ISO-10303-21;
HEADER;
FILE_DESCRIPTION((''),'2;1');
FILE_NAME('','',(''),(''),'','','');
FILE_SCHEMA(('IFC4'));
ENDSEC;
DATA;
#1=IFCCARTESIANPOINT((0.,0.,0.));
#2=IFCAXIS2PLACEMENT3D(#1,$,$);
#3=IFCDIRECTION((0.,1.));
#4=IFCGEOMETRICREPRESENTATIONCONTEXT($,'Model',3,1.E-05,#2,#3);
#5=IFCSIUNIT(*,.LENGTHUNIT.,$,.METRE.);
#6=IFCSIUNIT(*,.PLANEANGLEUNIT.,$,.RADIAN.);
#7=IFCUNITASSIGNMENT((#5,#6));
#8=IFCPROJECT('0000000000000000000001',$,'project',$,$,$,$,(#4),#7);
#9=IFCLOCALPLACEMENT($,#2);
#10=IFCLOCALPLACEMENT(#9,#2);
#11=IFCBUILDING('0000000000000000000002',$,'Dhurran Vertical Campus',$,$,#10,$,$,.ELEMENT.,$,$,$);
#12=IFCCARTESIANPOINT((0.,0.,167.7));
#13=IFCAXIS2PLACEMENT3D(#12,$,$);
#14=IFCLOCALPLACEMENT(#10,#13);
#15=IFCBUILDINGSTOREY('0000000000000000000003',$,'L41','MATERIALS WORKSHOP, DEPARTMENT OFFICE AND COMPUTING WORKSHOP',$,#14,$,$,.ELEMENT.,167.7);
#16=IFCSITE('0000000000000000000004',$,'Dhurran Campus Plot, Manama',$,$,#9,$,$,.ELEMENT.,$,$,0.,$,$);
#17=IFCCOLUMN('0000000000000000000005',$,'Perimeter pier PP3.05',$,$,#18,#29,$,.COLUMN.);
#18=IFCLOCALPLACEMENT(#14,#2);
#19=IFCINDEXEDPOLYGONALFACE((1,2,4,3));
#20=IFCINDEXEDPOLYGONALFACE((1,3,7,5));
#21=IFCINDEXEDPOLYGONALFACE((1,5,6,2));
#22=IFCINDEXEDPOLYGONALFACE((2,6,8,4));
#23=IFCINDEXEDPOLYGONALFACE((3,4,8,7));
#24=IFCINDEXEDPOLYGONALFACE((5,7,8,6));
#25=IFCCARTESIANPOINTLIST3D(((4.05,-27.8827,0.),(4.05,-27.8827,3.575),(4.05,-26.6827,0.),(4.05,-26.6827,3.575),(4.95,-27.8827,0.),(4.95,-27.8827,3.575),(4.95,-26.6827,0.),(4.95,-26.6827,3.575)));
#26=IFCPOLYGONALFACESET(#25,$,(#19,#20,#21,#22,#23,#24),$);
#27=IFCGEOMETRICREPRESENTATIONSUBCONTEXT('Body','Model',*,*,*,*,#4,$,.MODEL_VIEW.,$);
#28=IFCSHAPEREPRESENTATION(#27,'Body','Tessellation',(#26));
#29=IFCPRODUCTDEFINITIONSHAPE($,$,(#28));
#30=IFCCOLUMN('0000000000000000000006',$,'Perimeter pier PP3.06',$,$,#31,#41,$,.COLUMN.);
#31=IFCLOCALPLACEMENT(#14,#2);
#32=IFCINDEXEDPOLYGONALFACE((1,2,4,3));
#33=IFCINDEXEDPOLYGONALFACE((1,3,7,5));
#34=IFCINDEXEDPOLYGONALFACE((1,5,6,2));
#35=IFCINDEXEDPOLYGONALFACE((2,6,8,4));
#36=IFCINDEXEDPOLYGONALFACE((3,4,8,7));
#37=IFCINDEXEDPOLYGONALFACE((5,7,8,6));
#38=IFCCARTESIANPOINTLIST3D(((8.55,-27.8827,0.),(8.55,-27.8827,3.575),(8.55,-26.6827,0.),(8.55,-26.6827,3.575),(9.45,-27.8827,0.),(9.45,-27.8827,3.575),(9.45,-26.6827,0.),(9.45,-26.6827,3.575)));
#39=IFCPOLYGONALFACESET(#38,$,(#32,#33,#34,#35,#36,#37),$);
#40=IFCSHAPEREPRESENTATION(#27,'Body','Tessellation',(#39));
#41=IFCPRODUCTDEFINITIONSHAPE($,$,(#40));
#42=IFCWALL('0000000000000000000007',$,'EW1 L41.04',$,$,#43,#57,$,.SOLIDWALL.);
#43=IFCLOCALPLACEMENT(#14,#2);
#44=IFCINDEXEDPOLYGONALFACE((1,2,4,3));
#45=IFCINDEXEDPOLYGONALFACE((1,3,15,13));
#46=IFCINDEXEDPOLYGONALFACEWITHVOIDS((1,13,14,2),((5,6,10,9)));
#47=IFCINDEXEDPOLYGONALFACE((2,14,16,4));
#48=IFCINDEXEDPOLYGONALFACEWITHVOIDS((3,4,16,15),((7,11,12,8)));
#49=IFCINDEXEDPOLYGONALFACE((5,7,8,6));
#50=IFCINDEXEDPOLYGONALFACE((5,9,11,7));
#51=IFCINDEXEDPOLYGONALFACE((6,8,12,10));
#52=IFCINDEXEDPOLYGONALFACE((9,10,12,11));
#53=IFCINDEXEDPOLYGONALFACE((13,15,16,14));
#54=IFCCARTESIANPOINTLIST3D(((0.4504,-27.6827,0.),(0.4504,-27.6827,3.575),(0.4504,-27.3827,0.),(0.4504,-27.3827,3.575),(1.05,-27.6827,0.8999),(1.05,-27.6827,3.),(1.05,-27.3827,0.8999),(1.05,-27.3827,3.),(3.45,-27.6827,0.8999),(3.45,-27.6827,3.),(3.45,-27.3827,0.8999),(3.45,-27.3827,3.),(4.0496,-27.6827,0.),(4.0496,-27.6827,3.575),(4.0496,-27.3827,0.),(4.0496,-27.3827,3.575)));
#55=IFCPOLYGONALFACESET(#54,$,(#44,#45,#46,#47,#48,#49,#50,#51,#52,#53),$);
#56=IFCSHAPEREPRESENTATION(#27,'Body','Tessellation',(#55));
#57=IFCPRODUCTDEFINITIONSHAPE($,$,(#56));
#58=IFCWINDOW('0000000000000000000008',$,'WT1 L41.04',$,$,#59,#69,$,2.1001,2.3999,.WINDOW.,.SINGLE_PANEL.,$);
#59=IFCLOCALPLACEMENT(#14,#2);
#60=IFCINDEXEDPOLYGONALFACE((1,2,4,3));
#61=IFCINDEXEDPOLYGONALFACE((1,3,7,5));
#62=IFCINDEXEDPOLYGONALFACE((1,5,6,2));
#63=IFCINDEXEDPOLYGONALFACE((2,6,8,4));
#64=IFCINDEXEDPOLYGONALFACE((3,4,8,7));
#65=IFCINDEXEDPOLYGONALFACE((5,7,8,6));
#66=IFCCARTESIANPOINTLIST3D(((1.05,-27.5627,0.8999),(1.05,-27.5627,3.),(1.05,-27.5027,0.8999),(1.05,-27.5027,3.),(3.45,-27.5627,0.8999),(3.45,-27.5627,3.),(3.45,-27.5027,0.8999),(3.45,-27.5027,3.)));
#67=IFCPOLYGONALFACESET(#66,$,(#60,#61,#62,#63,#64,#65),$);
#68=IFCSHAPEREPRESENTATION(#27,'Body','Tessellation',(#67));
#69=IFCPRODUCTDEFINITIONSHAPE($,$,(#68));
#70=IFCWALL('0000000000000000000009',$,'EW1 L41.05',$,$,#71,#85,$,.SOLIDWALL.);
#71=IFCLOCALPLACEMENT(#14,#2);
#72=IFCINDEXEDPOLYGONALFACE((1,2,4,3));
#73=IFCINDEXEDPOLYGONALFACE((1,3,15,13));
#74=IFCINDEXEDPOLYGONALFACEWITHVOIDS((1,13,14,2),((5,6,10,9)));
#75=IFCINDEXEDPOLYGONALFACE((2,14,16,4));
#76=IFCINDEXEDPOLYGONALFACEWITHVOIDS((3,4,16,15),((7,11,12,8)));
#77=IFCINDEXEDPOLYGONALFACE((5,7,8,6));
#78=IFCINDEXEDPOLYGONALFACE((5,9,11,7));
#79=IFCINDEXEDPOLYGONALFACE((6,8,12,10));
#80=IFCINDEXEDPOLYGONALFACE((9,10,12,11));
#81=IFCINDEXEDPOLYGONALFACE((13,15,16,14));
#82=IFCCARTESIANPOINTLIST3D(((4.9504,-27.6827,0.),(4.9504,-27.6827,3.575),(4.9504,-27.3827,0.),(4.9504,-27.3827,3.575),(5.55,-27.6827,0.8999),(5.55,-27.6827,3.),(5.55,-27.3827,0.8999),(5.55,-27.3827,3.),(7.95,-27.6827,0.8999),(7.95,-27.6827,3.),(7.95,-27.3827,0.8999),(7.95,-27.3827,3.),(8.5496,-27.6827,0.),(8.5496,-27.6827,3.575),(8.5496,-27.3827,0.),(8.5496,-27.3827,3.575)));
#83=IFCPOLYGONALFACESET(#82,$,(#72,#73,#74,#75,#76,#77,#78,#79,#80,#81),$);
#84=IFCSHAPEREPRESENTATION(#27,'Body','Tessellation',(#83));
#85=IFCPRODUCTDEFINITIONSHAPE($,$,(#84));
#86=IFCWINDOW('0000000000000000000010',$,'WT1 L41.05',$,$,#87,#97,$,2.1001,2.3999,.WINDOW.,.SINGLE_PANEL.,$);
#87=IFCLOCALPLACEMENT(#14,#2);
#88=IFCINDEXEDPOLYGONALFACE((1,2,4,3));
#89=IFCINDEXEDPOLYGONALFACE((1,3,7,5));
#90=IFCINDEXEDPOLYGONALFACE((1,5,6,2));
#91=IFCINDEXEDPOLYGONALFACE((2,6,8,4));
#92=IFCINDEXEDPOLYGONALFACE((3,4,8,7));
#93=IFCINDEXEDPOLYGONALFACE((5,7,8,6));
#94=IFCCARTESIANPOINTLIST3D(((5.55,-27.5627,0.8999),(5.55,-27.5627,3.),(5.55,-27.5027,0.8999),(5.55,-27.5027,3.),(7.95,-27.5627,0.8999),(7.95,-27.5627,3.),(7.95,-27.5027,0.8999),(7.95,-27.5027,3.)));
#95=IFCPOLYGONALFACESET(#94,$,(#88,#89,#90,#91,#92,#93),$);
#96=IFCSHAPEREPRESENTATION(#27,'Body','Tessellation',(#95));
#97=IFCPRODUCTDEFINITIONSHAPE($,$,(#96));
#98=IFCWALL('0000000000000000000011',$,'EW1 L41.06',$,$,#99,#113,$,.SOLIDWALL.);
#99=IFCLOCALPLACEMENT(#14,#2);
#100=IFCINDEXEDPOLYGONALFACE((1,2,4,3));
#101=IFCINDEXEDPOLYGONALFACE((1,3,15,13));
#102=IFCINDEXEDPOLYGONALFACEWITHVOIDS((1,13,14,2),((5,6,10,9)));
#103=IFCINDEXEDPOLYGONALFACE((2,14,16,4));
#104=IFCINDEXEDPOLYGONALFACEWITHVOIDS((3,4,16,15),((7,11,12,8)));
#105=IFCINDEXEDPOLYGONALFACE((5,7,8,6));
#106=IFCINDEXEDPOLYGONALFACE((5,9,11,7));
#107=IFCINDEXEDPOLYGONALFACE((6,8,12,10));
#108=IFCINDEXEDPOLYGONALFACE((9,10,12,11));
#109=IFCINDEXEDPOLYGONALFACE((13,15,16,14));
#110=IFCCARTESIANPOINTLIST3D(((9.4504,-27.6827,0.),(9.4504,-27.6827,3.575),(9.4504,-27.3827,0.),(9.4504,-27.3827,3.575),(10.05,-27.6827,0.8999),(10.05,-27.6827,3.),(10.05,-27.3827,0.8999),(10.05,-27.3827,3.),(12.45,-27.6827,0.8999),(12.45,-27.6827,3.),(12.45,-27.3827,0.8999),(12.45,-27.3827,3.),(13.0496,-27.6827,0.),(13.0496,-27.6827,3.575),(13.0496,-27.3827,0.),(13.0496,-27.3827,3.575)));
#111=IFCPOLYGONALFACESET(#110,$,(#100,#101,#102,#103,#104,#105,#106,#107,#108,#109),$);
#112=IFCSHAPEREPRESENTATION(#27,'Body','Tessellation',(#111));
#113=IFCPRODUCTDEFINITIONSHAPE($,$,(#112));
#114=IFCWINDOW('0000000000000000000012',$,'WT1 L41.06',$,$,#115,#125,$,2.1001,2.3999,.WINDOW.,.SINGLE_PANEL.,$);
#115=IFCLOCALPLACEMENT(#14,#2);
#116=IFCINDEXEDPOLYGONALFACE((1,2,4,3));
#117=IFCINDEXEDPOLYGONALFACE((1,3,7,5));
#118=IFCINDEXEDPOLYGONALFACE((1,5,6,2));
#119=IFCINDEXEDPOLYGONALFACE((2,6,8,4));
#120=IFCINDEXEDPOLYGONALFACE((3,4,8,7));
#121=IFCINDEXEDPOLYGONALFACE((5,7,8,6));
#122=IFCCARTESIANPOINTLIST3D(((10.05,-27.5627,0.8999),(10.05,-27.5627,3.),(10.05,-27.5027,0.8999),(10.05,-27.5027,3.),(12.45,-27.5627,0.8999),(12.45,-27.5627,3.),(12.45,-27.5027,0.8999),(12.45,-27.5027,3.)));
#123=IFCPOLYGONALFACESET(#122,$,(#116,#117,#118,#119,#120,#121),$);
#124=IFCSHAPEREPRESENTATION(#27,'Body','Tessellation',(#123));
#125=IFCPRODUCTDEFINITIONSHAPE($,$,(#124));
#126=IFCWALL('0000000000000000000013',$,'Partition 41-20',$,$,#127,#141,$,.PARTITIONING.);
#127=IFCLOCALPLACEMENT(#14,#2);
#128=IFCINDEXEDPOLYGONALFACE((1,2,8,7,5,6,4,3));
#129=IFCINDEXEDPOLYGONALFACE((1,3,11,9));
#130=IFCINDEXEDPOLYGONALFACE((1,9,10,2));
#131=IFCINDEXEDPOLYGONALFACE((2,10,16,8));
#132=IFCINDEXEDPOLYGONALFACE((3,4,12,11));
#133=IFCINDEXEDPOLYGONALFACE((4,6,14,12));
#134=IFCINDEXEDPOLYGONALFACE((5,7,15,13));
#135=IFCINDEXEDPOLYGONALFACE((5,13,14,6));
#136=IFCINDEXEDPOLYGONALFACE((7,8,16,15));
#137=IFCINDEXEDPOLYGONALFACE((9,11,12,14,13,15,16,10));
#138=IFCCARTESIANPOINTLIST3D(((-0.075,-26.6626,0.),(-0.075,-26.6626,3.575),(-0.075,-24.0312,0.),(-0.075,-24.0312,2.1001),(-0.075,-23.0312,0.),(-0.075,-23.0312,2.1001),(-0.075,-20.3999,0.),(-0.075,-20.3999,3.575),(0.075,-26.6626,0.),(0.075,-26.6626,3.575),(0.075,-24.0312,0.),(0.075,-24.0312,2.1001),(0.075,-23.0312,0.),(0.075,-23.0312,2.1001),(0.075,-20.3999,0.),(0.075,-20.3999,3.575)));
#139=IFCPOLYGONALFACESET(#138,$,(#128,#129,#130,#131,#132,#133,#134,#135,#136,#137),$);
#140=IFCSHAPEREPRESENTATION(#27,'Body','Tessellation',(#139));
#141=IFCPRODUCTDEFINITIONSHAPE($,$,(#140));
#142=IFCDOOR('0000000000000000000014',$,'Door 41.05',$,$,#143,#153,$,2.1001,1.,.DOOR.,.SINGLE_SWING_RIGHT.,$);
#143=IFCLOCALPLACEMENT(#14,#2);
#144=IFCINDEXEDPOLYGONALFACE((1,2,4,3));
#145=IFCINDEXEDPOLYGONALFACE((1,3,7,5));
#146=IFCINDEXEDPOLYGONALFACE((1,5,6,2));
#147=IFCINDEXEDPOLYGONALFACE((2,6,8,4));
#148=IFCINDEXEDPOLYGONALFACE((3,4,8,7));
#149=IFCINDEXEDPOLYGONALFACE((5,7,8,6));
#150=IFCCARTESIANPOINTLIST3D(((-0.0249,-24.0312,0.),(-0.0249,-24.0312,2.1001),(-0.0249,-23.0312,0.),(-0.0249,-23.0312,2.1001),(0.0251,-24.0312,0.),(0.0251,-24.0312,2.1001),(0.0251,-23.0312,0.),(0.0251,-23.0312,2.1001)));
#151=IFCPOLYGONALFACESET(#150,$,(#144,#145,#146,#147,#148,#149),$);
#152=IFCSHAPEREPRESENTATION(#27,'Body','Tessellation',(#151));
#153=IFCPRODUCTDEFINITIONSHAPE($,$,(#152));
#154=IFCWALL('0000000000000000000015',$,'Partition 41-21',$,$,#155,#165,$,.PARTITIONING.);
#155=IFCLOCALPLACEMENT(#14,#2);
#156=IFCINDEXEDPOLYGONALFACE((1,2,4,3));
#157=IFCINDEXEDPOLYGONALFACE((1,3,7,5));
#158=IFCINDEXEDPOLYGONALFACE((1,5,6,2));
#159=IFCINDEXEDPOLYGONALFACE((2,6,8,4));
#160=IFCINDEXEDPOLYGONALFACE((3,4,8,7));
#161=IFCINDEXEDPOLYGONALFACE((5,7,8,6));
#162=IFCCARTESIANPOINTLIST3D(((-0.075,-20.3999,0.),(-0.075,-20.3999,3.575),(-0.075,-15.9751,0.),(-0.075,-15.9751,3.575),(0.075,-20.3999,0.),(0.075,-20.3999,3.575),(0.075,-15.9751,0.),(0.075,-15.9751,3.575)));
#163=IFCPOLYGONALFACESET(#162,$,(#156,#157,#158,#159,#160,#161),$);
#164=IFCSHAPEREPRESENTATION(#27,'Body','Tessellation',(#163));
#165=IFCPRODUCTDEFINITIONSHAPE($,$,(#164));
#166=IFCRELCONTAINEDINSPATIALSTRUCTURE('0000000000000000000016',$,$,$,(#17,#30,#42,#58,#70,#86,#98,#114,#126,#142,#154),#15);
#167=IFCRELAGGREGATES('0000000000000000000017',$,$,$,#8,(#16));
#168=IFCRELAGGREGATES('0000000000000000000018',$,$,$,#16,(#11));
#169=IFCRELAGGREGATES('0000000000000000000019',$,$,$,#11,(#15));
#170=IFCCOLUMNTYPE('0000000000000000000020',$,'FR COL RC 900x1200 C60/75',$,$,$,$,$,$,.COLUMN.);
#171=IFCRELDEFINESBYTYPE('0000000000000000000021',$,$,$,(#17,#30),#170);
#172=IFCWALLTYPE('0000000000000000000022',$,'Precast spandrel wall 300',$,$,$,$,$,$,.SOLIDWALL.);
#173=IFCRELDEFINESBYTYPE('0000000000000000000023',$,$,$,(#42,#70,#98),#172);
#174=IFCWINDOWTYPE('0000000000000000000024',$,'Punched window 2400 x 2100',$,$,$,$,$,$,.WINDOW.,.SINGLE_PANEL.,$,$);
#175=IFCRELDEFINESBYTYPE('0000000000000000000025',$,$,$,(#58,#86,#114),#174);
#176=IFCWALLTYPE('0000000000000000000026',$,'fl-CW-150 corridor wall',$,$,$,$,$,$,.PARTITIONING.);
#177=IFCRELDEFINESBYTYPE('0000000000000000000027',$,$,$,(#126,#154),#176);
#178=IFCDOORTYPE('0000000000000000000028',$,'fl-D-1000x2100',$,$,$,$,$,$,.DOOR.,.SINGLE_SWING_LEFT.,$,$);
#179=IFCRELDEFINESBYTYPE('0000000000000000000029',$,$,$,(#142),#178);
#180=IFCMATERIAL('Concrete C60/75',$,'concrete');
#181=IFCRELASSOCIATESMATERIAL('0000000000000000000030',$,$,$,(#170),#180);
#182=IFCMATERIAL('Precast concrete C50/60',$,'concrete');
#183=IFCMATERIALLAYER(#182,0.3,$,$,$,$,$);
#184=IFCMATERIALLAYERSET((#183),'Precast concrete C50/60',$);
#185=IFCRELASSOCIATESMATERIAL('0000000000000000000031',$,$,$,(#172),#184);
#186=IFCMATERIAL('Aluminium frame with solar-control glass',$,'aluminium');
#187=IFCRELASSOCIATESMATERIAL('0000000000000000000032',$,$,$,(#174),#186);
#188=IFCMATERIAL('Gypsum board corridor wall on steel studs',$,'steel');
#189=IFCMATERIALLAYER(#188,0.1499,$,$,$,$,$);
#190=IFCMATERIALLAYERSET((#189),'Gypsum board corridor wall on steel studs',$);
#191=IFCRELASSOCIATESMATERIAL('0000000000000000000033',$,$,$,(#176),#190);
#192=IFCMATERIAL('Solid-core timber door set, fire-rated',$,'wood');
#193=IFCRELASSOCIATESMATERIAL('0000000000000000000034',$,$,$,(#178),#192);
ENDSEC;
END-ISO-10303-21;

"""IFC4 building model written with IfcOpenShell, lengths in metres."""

from ifc_helpers import new_model, si_unit, direction, frame, frame_2d, origin, origin_2d, place, context, subcontext, project, spatial, rectangle, extrude, material, layer, layer_set, material_profile, profile_set, type_object, element, fill, save


model = new_model("IFC4")

# Units and contexts
model_context = context("Model", 3, precision=1e-05, world=origin(), true_north=direction((0.0, 1.0)))
body_context = subcontext(model_context, "Body", "Model", "MODEL_VIEW")
ifc_project = project(units=[si_unit("LENGTHUNIT", "METRE"), si_unit("PLANEANGLEUNIT", "RADIAN")], contexts=[model_context])

# Site, building, storey
site_placement = place(None, origin())
site = spatial("IfcSite", under=ifc_project, at=site_placement, Name="Dhurran Campus Plot, Manama", CompositionType="ELEMENT", RefElevation=0.0)
building_placement = place(site_placement, origin())
building = spatial("IfcBuilding", under=site, at=building_placement, Name="Dhurran Vertical Campus", CompositionType="ELEMENT")
storey_placement = place(building_placement, frame((0.0, 0.0, 167.7)))
storey = spatial("IfcBuildingStorey", under=building, at=storey_placement, Name="L41", Description="MATERIALS WORKSHOP, DEPARTMENT OFFICE AND COMPUTING WORKSHOP", CompositionType="ELEMENT", Elevation=167.7)

# Columns
ifc_material_1 = material(Name="Concrete C60/75", Category="concrete")
ifc_material_profile = material_profile(ifc_material_1, rectangle(XDim=0.8999, YDim=1.2, at=origin_2d()), Name="RC 900x1200")
ifc_profile_set = profile_set([ifc_material_profile], Name="Concrete C60/75")
column_type = type_object("IfcColumnType", Name="FR COL RC 900x1200 C60/75", PredefinedType="COLUMN", material=ifc_profile_set)
for number, where, z_axis, x_axis, name in (
    (1, (4.5, -27.2827, 0.0), (0.0, 0.0, 1.0), (1.0, 0.0, 0.0), "Perimeter pier PP3.05"),
    (2, (9.0, -27.2827, 0.0), (0.0, 0.0, 1.0), (1.0, 0.0, 0.0), "Perimeter pier PP3.06"),
):
    element("IfcColumn", number, at=place(storey_placement, frame(where, z_axis=z_axis, x_axis=x_axis)), inside=storey, type_object=column_type, Name=name, PredefinedType="COLUMN", context=body_context, shape_type="SweptSolid", body=[
        extrude(rectangle(XDim=0.8999, YDim=1.2, at=origin_2d()), origin(), (0.0, 0.0, 1.0), 3.575),
    ])

# Walls, openings, windows
ifc_material_2 = material(Name="Precast concrete C50/60", Category="concrete")
ifc_layer_1 = layer(ifc_material_2, 0.3)
ifc_layer_set_1 = layer_set([ifc_layer_1], Name="Precast concrete C50/60")
wall_type_1 = type_object("IfcWallType", Name="Precast spandrel wall 300", PredefinedType="SOLIDWALL", material=ifc_layer_set_1)
wall_1_placement = place(storey_placement, frame((0.4504, -27.5327, 0.0), z_axis=(0.0, 0.0, 1.0), x_axis=(1.0, 0.0, 0.0)))
wall_1 = element("IfcWall", 3, at=wall_1_placement, inside=storey, type_object=wall_type_1, Name="EW1 L41.04", PredefinedType="SOLIDWALL", context=body_context, shape_type="SweptSolid", body=[
    extrude(rectangle(XDim=3.5991, YDim=0.3, at=frame_2d((1.7996, 0.0))), origin(), (0.0, 0.0, 1.0), 3.575),
])
opening_1_placement = place(wall_1_placement, frame((0.5996, 0.0, 0.8999)))
opening_1 = element("IfcOpeningElement", 4, at=opening_1_placement, cuts=wall_1, PredefinedType="OPENING", context=body_context, shape_type="SweptSolid", body=[
    extrude(rectangle(XDim=2.3999, YDim=2.1001, at=frame_2d((1.2, 1.05))), frame((0.0, 0.1599, 0.0), z_axis=(0.0, -1.0, 0.0), x_axis=(1.0, 0.0, 0.0)), (0.0, 0.0, 1.0), 0.3201),
])
ifc_material_3 = material(Name="Aluminium frame with solar-control glass", Category="aluminium")
window_type = type_object("IfcWindowType", Name="Punched window 2400 x 2100", PartitioningType="SINGLE_PANEL", PredefinedType="WINDOW", material=ifc_material_3)
window_1_placement = place(opening_1_placement, origin())
window_1 = element("IfcWindow", 5, at=window_1_placement, inside=storey, type_object=window_type, Name="WT1 L41.04", OverallHeight=2.1001, OverallWidth=2.3999, PartitioningType="SINGLE_PANEL", PredefinedType="WINDOW", context=body_context, shape_type="SweptSolid", body=[
    extrude(rectangle(XDim=2.3999, YDim=2.1001, at=frame_2d((1.2, 1.05))), frame((0.0, 0.03, 0.0), z_axis=(0.0, -1.0, 0.0), x_axis=(1.0, 0.0, 0.0)), (0.0, 0.0, 1.0), 0.0601),
])
fill(opening_1, window_1)
wall_2_placement = place(storey_placement, frame((4.9504, -27.5327, 0.0), z_axis=(0.0, 0.0, 1.0), x_axis=(1.0, 0.0, 0.0)))
wall_2 = element("IfcWall", 6, at=wall_2_placement, inside=storey, type_object=wall_type_1, Name="EW1 L41.05", PredefinedType="SOLIDWALL", context=body_context, shape_type="SweptSolid", body=[
    extrude(rectangle(XDim=3.5991, YDim=0.3, at=frame_2d((1.7996, 0.0))), origin(), (0.0, 0.0, 1.0), 3.575),
])
opening_2_placement = place(wall_2_placement, frame((0.5996, 0.0, 0.8999)))
opening_2 = element("IfcOpeningElement", 7, at=opening_2_placement, cuts=wall_2, PredefinedType="OPENING", context=body_context, shape_type="SweptSolid", body=[
    extrude(rectangle(XDim=2.3999, YDim=2.1001, at=frame_2d((1.2, 1.05))), frame((0.0, 0.1599, 0.0), z_axis=(0.0, -1.0, 0.0), x_axis=(1.0, 0.0, 0.0)), (0.0, 0.0, 1.0), 0.3201),
])
window_2_placement = place(opening_2_placement, origin())
window_2 = element("IfcWindow", 8, at=window_2_placement, inside=storey, type_object=window_type, Name="WT1 L41.05", OverallHeight=2.1001, OverallWidth=2.3999, PartitioningType="SINGLE_PANEL", PredefinedType="WINDOW", context=body_context, shape_type="SweptSolid", body=[
    extrude(rectangle(XDim=2.3999, YDim=2.1001, at=frame_2d((1.2, 1.05))), frame((0.0, 0.03, 0.0), z_axis=(0.0, -1.0, 0.0), x_axis=(1.0, 0.0, 0.0)), (0.0, 0.0, 1.0), 0.0601),
])
fill(opening_2, window_2)
wall_3_placement = place(storey_placement, frame((9.4504, -27.5327, 0.0), z_axis=(0.0, 0.0, 1.0), x_axis=(1.0, 0.0, 0.0)))
wall_3 = element("IfcWall", 9, at=wall_3_placement, inside=storey, type_object=wall_type_1, Name="EW1 L41.06", PredefinedType="SOLIDWALL", context=body_context, shape_type="SweptSolid", body=[
    extrude(rectangle(XDim=3.5991, YDim=0.3, at=frame_2d((1.7996, 0.0))), origin(), (0.0, 0.0, 1.0), 3.575),
])
opening_3_placement = place(wall_3_placement, frame((0.5996, 0.0, 0.8999)))
opening_3 = element("IfcOpeningElement", 10, at=opening_3_placement, cuts=wall_3, PredefinedType="OPENING", context=body_context, shape_type="SweptSolid", body=[
    extrude(rectangle(XDim=2.3999, YDim=2.1001, at=frame_2d((1.2, 1.05))), frame((0.0, 0.1599, 0.0), z_axis=(0.0, -1.0, 0.0), x_axis=(1.0, 0.0, 0.0)), (0.0, 0.0, 1.0), 0.3201),
])
window_3_placement = place(opening_3_placement, origin())
window_3 = element("IfcWindow", 11, at=window_3_placement, inside=storey, type_object=window_type, Name="WT1 L41.06", OverallHeight=2.1001, OverallWidth=2.3999, PartitioningType="SINGLE_PANEL", PredefinedType="WINDOW", context=body_context, shape_type="SweptSolid", body=[
    extrude(rectangle(XDim=2.3999, YDim=2.1001, at=frame_2d((1.2, 1.05))), frame((0.0, 0.03, 0.0), z_axis=(0.0, -1.0, 0.0), x_axis=(1.0, 0.0, 0.0)), (0.0, 0.0, 1.0), 0.0601),
])
fill(opening_3, window_3)

# Wall, opening, door
ifc_material_4 = material(Name="Gypsum board corridor wall on steel studs", Category="steel")
ifc_layer_2 = layer(ifc_material_4, 0.1499)
ifc_layer_set_2 = layer_set([ifc_layer_2], Name="Gypsum board corridor wall on steel studs")
wall_type_2 = type_object("IfcWallType", Name="fl-CW-150 corridor wall", PredefinedType="PARTITIONING", material=ifc_layer_set_2)
wall_4_placement = place(storey_placement, frame((0.0, -26.6626, 0.0), z_axis=(0.0, 0.0, 1.0), x_axis=(0.0, 1.0, 0.0)))
wall_4 = element("IfcWall", 12, at=wall_4_placement, inside=storey, type_object=wall_type_2, Name="Partition 41-20", PredefinedType="PARTITIONING", context=body_context, shape_type="SweptSolid", body=[
    extrude(rectangle(XDim=6.2627, YDim=0.1499, at=frame_2d((3.1313, 0.0))), origin(), (0.0, 0.0, 1.0), 3.575),
])
opening_4_placement = place(wall_4_placement, frame((2.6313, 0.0, 0.0)))
opening_4 = element("IfcOpeningElement", 13, at=opening_4_placement, cuts=wall_4, PredefinedType="OPENING", context=body_context, shape_type="SweptSolid", body=[
    extrude(rectangle(XDim=1.0, YDim=2.1001, at=frame_2d((0.5, 1.05))), frame((0.0, 0.085, 0.0), z_axis=(0.0, -1.0, 0.0), x_axis=(1.0, 0.0, 0.0)), (0.0, 0.0, 1.0), 0.1699),
])
ifc_material_5 = material(Name="Solid-core timber door set, fire-rated", Category="wood")
door_type = type_object("IfcDoorType", Name="fl-D-1000x2100", OperationType="SINGLE_SWING_LEFT", PredefinedType="DOOR", material=ifc_material_5)
door_1_placement = place(opening_4_placement, origin())
door_1 = element("IfcDoor", 14, at=door_1_placement, inside=storey, type_object=door_type, Name="Door 41.05", OperationType="SINGLE_SWING_RIGHT", OverallHeight=2.1001, OverallWidth=1.0, PredefinedType="DOOR", context=body_context, shape_type="SweptSolid", body=[
    extrude(rectangle(XDim=1.0, YDim=2.1001, at=frame_2d((0.5, 1.05))), frame((0.0, 0.0249, 0.0), z_axis=(0.0, -1.0, 0.0), x_axis=(1.0, 0.0, 0.0)), (0.0, 0.0, 1.0), 0.05),
])
fill(opening_4, door_1)

# Wall
wall_5_placement = place(storey_placement, frame((0.0, -20.3999, 0.0), z_axis=(0.0, 0.0, 1.0), x_axis=(0.0, 1.0, 0.0)))
element("IfcWall", 15, at=wall_5_placement, inside=storey, type_object=wall_type_2, Name="Partition 41-21", PredefinedType="PARTITIONING", context=body_context, shape_type="SweptSolid", body=[
    extrude(rectangle(XDim=4.4248, YDim=0.1499, at=frame_2d((2.2124, 0.0))), origin(), (0.0, 0.0, 1.0), 3.575),
])

save(model, "model.ifc")
